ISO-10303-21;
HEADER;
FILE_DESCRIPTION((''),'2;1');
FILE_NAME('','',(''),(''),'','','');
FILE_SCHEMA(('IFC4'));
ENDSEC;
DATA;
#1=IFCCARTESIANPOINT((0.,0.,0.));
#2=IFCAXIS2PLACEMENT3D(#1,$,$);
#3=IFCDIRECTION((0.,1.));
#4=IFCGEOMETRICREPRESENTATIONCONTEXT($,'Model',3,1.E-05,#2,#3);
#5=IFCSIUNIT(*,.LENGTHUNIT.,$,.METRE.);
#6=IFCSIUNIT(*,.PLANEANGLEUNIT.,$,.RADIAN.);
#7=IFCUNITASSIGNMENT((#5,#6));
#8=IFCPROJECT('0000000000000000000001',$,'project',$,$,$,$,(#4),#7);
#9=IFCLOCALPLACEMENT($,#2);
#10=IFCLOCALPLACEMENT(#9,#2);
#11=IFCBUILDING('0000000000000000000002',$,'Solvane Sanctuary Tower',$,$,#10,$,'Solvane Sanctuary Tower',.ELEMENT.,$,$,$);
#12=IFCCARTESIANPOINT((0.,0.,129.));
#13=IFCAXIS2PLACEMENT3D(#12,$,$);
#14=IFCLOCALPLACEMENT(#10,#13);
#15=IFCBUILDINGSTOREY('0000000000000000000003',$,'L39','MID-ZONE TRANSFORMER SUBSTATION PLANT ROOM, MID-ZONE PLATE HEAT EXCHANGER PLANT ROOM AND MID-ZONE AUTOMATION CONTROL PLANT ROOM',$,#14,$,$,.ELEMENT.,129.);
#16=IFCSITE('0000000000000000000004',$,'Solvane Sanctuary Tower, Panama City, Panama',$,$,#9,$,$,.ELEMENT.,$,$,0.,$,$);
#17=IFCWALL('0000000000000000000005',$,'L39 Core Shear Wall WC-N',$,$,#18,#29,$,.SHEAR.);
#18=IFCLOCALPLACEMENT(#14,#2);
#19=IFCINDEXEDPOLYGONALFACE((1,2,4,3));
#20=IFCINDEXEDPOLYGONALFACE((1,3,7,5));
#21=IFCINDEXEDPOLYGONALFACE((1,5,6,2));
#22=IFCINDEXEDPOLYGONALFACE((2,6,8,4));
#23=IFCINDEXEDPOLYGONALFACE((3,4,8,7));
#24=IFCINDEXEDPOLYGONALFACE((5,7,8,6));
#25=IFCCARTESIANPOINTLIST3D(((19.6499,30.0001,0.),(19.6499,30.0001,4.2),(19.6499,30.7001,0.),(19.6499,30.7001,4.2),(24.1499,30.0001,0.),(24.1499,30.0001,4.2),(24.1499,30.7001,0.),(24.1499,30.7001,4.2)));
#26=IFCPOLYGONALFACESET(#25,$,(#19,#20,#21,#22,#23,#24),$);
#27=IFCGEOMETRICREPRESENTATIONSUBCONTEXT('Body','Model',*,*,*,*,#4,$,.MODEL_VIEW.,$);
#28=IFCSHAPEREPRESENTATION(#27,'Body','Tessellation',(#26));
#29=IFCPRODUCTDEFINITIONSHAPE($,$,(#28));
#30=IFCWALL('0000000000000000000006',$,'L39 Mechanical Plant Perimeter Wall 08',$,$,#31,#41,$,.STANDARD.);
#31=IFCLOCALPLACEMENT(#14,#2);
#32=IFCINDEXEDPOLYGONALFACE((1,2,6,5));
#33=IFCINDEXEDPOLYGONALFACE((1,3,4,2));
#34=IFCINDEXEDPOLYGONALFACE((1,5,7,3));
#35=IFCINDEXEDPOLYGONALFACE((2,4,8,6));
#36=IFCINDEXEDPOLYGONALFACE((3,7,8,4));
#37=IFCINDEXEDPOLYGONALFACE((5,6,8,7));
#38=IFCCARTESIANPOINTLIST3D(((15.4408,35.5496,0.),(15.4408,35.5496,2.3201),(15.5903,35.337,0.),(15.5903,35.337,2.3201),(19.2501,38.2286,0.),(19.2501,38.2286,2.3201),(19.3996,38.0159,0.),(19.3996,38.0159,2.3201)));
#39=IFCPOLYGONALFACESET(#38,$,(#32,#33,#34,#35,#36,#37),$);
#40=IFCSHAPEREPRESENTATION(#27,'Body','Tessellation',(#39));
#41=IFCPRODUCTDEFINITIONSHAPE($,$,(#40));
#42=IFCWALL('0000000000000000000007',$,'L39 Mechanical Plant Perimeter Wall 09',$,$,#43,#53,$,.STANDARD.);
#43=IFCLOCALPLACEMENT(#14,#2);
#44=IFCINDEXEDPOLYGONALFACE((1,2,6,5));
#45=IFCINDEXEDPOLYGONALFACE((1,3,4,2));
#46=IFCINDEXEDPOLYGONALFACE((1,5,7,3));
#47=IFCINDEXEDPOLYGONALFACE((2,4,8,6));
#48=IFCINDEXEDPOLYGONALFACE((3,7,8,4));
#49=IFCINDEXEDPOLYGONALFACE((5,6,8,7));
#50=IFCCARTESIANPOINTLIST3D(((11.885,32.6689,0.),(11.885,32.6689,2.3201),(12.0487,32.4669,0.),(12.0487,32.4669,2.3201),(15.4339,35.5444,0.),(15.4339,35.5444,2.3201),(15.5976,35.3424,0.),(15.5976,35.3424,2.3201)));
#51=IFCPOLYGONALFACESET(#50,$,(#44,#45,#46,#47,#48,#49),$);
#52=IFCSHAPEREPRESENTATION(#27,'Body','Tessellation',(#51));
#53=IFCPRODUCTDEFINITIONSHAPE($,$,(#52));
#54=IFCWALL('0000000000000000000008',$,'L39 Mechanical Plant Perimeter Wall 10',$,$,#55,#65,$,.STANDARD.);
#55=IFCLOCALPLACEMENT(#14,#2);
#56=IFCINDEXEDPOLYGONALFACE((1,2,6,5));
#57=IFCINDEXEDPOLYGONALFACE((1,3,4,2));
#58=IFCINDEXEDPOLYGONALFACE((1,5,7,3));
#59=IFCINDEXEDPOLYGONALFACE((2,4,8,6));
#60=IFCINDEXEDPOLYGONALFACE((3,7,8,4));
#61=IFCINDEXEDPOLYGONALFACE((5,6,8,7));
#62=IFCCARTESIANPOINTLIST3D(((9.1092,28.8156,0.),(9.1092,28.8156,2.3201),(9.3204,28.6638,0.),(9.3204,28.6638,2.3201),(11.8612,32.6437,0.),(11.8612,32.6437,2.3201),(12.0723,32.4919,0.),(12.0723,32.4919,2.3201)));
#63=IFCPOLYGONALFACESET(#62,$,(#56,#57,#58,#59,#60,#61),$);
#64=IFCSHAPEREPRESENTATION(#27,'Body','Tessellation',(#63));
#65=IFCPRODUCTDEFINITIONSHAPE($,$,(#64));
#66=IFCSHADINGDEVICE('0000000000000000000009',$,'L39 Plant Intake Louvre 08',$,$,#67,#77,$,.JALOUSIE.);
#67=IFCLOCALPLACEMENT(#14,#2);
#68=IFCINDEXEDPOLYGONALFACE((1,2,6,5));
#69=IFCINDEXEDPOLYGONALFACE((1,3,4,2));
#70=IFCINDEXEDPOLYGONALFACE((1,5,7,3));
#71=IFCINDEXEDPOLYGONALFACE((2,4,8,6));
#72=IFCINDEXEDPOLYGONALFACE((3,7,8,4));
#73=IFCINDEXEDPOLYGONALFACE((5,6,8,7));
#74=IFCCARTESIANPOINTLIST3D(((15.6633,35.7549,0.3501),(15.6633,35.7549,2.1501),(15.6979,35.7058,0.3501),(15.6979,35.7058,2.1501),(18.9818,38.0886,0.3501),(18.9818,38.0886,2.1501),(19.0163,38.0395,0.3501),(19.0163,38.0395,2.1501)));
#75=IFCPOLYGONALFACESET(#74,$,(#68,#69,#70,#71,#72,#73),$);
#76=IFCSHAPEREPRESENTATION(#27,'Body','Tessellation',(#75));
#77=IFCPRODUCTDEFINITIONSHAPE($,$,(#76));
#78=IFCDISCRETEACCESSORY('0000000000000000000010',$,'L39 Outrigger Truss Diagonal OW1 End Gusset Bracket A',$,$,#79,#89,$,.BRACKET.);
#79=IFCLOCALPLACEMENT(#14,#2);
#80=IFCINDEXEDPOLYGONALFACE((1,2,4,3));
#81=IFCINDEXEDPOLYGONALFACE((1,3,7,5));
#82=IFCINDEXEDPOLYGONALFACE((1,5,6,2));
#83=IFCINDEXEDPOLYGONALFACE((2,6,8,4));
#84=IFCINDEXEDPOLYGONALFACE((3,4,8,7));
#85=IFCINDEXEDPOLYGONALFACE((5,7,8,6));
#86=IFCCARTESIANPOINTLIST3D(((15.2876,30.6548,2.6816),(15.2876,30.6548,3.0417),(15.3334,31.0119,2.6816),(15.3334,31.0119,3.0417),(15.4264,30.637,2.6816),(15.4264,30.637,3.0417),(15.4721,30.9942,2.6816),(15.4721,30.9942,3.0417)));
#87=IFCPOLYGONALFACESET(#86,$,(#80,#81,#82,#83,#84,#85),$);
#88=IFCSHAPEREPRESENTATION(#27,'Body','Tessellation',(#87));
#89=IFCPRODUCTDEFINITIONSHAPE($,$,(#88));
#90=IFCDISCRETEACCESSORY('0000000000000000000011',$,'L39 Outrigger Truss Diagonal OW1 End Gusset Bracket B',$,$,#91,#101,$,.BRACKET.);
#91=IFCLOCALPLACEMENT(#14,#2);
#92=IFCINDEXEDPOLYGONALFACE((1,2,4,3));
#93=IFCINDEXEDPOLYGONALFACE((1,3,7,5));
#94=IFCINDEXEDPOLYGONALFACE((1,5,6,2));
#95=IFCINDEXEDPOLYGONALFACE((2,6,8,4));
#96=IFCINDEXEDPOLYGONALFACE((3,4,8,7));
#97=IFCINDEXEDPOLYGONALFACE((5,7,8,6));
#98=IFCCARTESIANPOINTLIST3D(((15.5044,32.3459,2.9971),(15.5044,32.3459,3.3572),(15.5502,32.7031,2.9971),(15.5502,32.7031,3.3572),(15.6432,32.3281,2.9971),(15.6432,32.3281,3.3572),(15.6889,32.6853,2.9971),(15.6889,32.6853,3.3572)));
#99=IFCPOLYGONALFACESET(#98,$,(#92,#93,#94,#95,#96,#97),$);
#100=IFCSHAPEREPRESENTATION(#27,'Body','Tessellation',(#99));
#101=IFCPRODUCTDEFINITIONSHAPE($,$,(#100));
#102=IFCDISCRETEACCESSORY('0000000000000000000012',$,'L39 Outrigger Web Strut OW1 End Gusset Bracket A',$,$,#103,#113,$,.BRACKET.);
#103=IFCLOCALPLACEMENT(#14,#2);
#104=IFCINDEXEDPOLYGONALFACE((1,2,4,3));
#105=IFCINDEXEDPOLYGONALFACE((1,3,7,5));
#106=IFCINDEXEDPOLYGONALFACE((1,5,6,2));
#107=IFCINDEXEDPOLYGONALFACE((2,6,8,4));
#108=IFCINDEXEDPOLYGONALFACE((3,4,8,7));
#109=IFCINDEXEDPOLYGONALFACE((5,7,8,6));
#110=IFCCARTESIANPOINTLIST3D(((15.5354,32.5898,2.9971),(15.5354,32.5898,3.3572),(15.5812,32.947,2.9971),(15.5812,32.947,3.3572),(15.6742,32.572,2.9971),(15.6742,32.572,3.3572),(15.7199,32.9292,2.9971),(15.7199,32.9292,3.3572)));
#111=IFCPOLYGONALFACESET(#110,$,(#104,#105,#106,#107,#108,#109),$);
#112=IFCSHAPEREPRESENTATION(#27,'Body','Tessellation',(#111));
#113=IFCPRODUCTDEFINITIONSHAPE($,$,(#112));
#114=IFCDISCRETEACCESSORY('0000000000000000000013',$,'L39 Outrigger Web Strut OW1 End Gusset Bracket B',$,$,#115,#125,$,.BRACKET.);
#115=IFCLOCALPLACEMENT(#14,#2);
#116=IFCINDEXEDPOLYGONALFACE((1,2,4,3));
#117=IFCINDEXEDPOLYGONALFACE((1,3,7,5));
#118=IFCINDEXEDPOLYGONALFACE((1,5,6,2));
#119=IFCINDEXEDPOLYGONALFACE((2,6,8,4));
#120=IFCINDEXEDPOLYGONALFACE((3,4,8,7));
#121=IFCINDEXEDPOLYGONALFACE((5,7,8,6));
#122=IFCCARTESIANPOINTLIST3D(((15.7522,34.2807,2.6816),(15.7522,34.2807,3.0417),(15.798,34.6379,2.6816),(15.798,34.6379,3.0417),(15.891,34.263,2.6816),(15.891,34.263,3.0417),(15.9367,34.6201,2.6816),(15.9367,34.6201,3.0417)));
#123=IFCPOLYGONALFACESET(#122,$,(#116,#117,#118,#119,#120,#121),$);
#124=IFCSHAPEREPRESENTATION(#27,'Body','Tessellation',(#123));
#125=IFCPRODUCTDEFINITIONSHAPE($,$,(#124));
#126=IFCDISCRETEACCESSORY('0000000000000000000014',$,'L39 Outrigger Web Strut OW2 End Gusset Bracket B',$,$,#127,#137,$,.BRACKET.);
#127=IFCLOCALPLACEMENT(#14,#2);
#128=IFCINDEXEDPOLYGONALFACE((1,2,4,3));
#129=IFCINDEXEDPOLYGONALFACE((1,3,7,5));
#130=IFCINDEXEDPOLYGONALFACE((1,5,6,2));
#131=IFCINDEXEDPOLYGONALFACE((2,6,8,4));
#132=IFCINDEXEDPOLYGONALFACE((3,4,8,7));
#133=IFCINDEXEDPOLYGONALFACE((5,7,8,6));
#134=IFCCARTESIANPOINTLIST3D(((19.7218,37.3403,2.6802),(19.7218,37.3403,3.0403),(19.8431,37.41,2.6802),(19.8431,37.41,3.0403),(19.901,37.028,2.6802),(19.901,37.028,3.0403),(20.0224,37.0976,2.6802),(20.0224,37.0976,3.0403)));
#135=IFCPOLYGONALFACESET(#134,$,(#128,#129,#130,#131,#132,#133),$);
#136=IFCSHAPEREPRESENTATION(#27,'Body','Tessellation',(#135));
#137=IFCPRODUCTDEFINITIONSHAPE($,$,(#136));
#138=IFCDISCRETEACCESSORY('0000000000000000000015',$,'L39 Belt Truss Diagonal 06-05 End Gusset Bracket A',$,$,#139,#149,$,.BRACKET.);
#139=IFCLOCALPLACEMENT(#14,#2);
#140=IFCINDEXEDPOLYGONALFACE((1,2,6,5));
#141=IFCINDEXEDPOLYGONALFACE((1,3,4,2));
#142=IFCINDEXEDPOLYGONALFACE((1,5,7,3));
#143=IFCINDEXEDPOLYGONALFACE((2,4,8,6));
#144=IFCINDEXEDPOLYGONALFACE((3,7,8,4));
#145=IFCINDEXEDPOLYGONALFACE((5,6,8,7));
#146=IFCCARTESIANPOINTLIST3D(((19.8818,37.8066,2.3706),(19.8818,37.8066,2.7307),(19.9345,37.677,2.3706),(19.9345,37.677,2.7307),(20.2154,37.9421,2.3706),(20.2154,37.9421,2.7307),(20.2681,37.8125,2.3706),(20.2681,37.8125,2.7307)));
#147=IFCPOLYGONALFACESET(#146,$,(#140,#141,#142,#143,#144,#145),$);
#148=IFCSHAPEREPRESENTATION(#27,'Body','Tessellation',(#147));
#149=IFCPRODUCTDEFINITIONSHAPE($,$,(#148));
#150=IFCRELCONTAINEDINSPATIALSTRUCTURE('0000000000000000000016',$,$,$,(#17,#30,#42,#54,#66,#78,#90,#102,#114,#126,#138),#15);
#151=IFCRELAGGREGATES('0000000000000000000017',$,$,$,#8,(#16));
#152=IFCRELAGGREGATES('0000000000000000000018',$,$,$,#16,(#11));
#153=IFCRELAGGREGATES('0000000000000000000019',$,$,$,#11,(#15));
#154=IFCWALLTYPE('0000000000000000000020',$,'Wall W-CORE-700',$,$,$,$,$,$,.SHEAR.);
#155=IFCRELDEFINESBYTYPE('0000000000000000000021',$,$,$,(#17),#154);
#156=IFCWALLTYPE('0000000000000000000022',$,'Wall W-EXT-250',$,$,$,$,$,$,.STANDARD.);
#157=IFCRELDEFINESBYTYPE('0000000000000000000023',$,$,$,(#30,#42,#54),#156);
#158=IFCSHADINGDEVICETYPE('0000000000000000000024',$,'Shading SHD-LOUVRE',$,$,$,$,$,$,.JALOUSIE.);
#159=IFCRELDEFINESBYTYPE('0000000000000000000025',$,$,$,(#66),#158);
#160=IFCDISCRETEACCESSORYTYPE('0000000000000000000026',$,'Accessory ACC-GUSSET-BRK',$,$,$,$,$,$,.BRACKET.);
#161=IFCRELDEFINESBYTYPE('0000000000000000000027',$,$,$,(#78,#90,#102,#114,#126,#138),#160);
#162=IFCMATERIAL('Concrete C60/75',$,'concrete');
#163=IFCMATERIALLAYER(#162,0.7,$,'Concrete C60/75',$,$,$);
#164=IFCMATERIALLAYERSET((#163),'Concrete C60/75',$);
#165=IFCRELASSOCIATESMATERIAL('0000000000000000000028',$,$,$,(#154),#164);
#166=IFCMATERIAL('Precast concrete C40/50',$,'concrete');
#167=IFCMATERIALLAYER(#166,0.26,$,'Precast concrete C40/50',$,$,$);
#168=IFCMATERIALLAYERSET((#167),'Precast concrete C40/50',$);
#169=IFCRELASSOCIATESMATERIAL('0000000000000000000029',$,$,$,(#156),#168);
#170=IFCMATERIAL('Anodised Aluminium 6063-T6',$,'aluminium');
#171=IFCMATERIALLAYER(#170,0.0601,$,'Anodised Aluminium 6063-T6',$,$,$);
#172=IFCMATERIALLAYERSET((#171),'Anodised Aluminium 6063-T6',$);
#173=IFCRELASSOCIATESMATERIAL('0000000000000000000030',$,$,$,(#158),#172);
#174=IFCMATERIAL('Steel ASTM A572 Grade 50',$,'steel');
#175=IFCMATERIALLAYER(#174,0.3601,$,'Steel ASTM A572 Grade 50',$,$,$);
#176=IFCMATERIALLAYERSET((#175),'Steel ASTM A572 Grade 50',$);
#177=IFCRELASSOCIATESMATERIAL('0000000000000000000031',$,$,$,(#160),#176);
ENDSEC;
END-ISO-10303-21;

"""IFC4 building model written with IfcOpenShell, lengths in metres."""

from ifc_helpers import new_model, si_unit, direction, frame, frame_2d, origin, origin_2d, place, context, subcontext, project, spatial, rectangle, extrude, material, layer, layer_set, type_object, element, save


model = new_model("IFC4")

# Units and contexts
model_context = context("Model", 3, precision=1e-05, world=origin(), true_north=direction((0.0, 1.0)))
body_context = subcontext(model_context, "Body", "Model", "MODEL_VIEW")
ifc_project = project(units=[si_unit("LENGTHUNIT", "METRE"), si_unit("PLANEANGLEUNIT", "RADIAN")], contexts=[model_context])

# Site, building, storey
site_placement = place(None, origin())
site = spatial("IfcSite", under=ifc_project, at=site_placement, Name="Solvane Sanctuary Tower, Panama City, Panama", CompositionType="ELEMENT", RefElevation=0.0)
building_placement = place(site_placement, origin())
building = spatial("IfcBuilding", under=site, at=building_placement, Name="Solvane Sanctuary Tower", LongName="Solvane Sanctuary Tower", CompositionType="ELEMENT")
storey_placement = place(building_placement, frame((0.0, 0.0, 129.0)))
storey = spatial("IfcBuildingStorey", under=building, at=storey_placement, Name="L39", Description="MID-ZONE TRANSFORMER SUBSTATION PLANT ROOM, MID-ZONE PLATE HEAT EXCHANGER PLANT ROOM AND MID-ZONE AUTOMATION CONTROL PLANT ROOM", CompositionType="ELEMENT", Elevation=129.0)

# Shared definitions
ifc_material_1 = material(Name="Concrete C60/75", Category="concrete")

# Shared definitions
ifc_material_2 = material(Name="Steel ASTM A572 Grade 50", Category="steel")

# Walls
ifc_layer_1 = layer(ifc_material_1, 0.7, Name="Concrete C60/75")
ifc_layer_set_1 = layer_set([ifc_layer_1], Name="Concrete C60/75")
wall_type_1 = type_object("IfcWallType", Name="Wall W-CORE-700", PredefinedType="SHEAR", material=ifc_layer_set_1)
wall_1_placement = place(storey_placement, frame((19.6499, 30.3501, 0.0), z_axis=(0.0, 0.0, 1.0), x_axis=(1.0, 0.0, 0.0)))
element("IfcWall", 1, at=wall_1_placement, inside=storey, type_object=wall_type_1, Name="L39 Core Shear Wall WC-N", PredefinedType="SHEAR", context=body_context, shape_type="SweptSolid", body=[
    extrude(rectangle(XDim=4.5, YDim=0.7, at=frame_2d((2.25, 0.0))), origin(), (0.0, 0.0, 1.0), 4.2),
])
ifc_material_3 = material(Name="Precast concrete C40/50", Category="concrete")
ifc_layer_2 = layer(ifc_material_3, 0.26, Name="Precast concrete C40/50")
ifc_layer_set_2 = layer_set([ifc_layer_2], Name="Precast concrete C40/50")
wall_type_2 = type_object("IfcWallType", Name="Wall W-EXT-250", PredefinedType="STANDARD", material=ifc_layer_set_2)
wall_2_placement = place(storey_placement, frame((19.325, 38.1223, 0.0), z_axis=(0.0, 0.0, 1.0), x_axis=(-0.817976, -0.575252, 0.0)))
element("IfcWall", 2, at=wall_2_placement, inside=storey, type_object=wall_type_2, Name="L39 Mechanical Plant Perimeter Wall 08", PredefinedType="STANDARD", context=body_context, shape_type="SweptSolid", body=[
    extrude(rectangle(XDim=4.657, YDim=0.26, at=frame_2d((2.3286, 0.0))), origin(), (0.0, 0.0, 1.0), 2.3201),
])
wall_3_placement = place(storey_placement, frame((15.5156, 35.4434, 0.0), z_axis=(0.0, 0.0, 1.0), x_axis=(-0.776963, -0.629546, 0.0)))
element("IfcWall", 3, at=wall_3_placement, inside=storey, type_object=wall_type_2, Name="L39 Mechanical Plant Perimeter Wall 09", PredefinedType="STANDARD", context=body_context, shape_type="SweptSolid", body=[
    extrude(rectangle(XDim=4.5676, YDim=0.26, at=frame_2d((2.2837, 0.0))), origin(), (0.0, 0.0, 1.0), 2.3201),
])
wall_4_placement = place(storey_placement, frame((11.9668, 32.5679, 0.0), z_axis=(0.0, 0.0, 1.0), x_axis=(-0.583704, -0.811966, 0.0)))
element("IfcWall", 4, at=wall_4_placement, inside=storey, type_object=wall_type_2, Name="L39 Mechanical Plant Perimeter Wall 10", PredefinedType="STANDARD", context=body_context, shape_type="SweptSolid", body=[
    extrude(rectangle(XDim=4.7146, YDim=0.26, at=frame_2d((2.3574, 0.0))), origin(), (0.0, 0.0, 1.0), 2.3201),
])

# Shading device
ifc_material_4 = material(Name="Anodised Aluminium 6063-T6", Category="aluminium")
ifc_layer_3 = layer(ifc_material_4, 0.0601, Name="Anodised Aluminium 6063-T6")
ifc_layer_set_3 = layer_set([ifc_layer_3], Name="Anodised Aluminium 6063-T6")
shading_device_type = type_object("IfcShadingDeviceType", Name="Shading SHD-LOUVRE", PredefinedType="JALOUSIE", material=ifc_layer_set_3)
shading_device_placement = place(storey_placement, frame((17.3398, 36.8972, 0.3501), z_axis=(0.0, 0.0, 1.0), x_axis=(-0.81798, -0.575247, 0.0)))
element("IfcShadingDevice", 5, at=shading_device_placement, inside=storey, type_object=shading_device_type, Name="L39 Plant Intake Louvre 08", PredefinedType="JALOUSIE", context=body_context, shape_type="SweptSolid", body=[
    extrude(rectangle(XDim=4.0569, YDim=0.0601, at=origin_2d()), origin(), (0.0, 0.0, 1.0), 1.8),
])

# Discrete accessories
ifc_layer_4 = layer(ifc_material_2, 0.3601, Name="Steel ASTM A572 Grade 50")
ifc_layer_set_4 = layer_set([ifc_layer_4], Name="Steel ASTM A572 Grade 50")
discrete_accessory_type = type_object("IfcDiscreteAccessoryType", Name="Accessory ACC-GUSSET-BRK", PredefinedType="BRACKET", material=ifc_layer_set_4)
for number, where, z_axis, x_axis, name in (
    (6, (15.3799, 30.8245, 2.6816), (0.0, 0.0, 1.0), (0.127065, 0.991894, 0.0), "L39 Outrigger Truss Diagonal OW1 End Gusset Bracket A"),
    (7, (15.5967, 32.5156, 2.9971), (0.0, 0.0, 1.0), (0.127065, 0.991894, 0.0), "L39 Outrigger Truss Diagonal OW1 End Gusset Bracket B"),
    (8, (15.6277, 32.7595, 2.9971), (0.0, 0.0, 1.0), (0.127065, 0.991894, 0.0), "L39 Outrigger Web Strut OW1 End Gusset Bracket A"),
    (9, (15.8445, 34.4504, 2.6816), (0.0, 0.0, 1.0), (0.127065, 0.991894, 0.0), "L39 Outrigger Web Strut OW1 End Gusset Bracket B"),
    (10, (19.8721, 37.219, 2.6802), (0.0, 0.0, 1.0), (-0.497731, 0.867331, 0.0), "L39 Outrigger Web Strut OW2 End Gusset Bracket B"),
    (11, (20.075, 37.8096, 2.3706), (0.0, 0.0, 1.0), (0.926463, 0.376386, 0.0), "L39 Belt Truss Diagonal 06-05 End Gusset Bracket A"),
):
    element("IfcDiscreteAccessory", number, at=place(storey_placement, frame(where, z_axis=z_axis, x_axis=x_axis)), inside=storey, type_object=discrete_accessory_type, Name=name, PredefinedType="BRACKET", context=body_context, shape_type="SweptSolid", body=[
        extrude(rectangle(XDim=0.3601, YDim=0.1399, at=origin_2d()), origin(), (0.0, 0.0, 1.0), 0.3601),
    ])

save(model, "model.ifc")
